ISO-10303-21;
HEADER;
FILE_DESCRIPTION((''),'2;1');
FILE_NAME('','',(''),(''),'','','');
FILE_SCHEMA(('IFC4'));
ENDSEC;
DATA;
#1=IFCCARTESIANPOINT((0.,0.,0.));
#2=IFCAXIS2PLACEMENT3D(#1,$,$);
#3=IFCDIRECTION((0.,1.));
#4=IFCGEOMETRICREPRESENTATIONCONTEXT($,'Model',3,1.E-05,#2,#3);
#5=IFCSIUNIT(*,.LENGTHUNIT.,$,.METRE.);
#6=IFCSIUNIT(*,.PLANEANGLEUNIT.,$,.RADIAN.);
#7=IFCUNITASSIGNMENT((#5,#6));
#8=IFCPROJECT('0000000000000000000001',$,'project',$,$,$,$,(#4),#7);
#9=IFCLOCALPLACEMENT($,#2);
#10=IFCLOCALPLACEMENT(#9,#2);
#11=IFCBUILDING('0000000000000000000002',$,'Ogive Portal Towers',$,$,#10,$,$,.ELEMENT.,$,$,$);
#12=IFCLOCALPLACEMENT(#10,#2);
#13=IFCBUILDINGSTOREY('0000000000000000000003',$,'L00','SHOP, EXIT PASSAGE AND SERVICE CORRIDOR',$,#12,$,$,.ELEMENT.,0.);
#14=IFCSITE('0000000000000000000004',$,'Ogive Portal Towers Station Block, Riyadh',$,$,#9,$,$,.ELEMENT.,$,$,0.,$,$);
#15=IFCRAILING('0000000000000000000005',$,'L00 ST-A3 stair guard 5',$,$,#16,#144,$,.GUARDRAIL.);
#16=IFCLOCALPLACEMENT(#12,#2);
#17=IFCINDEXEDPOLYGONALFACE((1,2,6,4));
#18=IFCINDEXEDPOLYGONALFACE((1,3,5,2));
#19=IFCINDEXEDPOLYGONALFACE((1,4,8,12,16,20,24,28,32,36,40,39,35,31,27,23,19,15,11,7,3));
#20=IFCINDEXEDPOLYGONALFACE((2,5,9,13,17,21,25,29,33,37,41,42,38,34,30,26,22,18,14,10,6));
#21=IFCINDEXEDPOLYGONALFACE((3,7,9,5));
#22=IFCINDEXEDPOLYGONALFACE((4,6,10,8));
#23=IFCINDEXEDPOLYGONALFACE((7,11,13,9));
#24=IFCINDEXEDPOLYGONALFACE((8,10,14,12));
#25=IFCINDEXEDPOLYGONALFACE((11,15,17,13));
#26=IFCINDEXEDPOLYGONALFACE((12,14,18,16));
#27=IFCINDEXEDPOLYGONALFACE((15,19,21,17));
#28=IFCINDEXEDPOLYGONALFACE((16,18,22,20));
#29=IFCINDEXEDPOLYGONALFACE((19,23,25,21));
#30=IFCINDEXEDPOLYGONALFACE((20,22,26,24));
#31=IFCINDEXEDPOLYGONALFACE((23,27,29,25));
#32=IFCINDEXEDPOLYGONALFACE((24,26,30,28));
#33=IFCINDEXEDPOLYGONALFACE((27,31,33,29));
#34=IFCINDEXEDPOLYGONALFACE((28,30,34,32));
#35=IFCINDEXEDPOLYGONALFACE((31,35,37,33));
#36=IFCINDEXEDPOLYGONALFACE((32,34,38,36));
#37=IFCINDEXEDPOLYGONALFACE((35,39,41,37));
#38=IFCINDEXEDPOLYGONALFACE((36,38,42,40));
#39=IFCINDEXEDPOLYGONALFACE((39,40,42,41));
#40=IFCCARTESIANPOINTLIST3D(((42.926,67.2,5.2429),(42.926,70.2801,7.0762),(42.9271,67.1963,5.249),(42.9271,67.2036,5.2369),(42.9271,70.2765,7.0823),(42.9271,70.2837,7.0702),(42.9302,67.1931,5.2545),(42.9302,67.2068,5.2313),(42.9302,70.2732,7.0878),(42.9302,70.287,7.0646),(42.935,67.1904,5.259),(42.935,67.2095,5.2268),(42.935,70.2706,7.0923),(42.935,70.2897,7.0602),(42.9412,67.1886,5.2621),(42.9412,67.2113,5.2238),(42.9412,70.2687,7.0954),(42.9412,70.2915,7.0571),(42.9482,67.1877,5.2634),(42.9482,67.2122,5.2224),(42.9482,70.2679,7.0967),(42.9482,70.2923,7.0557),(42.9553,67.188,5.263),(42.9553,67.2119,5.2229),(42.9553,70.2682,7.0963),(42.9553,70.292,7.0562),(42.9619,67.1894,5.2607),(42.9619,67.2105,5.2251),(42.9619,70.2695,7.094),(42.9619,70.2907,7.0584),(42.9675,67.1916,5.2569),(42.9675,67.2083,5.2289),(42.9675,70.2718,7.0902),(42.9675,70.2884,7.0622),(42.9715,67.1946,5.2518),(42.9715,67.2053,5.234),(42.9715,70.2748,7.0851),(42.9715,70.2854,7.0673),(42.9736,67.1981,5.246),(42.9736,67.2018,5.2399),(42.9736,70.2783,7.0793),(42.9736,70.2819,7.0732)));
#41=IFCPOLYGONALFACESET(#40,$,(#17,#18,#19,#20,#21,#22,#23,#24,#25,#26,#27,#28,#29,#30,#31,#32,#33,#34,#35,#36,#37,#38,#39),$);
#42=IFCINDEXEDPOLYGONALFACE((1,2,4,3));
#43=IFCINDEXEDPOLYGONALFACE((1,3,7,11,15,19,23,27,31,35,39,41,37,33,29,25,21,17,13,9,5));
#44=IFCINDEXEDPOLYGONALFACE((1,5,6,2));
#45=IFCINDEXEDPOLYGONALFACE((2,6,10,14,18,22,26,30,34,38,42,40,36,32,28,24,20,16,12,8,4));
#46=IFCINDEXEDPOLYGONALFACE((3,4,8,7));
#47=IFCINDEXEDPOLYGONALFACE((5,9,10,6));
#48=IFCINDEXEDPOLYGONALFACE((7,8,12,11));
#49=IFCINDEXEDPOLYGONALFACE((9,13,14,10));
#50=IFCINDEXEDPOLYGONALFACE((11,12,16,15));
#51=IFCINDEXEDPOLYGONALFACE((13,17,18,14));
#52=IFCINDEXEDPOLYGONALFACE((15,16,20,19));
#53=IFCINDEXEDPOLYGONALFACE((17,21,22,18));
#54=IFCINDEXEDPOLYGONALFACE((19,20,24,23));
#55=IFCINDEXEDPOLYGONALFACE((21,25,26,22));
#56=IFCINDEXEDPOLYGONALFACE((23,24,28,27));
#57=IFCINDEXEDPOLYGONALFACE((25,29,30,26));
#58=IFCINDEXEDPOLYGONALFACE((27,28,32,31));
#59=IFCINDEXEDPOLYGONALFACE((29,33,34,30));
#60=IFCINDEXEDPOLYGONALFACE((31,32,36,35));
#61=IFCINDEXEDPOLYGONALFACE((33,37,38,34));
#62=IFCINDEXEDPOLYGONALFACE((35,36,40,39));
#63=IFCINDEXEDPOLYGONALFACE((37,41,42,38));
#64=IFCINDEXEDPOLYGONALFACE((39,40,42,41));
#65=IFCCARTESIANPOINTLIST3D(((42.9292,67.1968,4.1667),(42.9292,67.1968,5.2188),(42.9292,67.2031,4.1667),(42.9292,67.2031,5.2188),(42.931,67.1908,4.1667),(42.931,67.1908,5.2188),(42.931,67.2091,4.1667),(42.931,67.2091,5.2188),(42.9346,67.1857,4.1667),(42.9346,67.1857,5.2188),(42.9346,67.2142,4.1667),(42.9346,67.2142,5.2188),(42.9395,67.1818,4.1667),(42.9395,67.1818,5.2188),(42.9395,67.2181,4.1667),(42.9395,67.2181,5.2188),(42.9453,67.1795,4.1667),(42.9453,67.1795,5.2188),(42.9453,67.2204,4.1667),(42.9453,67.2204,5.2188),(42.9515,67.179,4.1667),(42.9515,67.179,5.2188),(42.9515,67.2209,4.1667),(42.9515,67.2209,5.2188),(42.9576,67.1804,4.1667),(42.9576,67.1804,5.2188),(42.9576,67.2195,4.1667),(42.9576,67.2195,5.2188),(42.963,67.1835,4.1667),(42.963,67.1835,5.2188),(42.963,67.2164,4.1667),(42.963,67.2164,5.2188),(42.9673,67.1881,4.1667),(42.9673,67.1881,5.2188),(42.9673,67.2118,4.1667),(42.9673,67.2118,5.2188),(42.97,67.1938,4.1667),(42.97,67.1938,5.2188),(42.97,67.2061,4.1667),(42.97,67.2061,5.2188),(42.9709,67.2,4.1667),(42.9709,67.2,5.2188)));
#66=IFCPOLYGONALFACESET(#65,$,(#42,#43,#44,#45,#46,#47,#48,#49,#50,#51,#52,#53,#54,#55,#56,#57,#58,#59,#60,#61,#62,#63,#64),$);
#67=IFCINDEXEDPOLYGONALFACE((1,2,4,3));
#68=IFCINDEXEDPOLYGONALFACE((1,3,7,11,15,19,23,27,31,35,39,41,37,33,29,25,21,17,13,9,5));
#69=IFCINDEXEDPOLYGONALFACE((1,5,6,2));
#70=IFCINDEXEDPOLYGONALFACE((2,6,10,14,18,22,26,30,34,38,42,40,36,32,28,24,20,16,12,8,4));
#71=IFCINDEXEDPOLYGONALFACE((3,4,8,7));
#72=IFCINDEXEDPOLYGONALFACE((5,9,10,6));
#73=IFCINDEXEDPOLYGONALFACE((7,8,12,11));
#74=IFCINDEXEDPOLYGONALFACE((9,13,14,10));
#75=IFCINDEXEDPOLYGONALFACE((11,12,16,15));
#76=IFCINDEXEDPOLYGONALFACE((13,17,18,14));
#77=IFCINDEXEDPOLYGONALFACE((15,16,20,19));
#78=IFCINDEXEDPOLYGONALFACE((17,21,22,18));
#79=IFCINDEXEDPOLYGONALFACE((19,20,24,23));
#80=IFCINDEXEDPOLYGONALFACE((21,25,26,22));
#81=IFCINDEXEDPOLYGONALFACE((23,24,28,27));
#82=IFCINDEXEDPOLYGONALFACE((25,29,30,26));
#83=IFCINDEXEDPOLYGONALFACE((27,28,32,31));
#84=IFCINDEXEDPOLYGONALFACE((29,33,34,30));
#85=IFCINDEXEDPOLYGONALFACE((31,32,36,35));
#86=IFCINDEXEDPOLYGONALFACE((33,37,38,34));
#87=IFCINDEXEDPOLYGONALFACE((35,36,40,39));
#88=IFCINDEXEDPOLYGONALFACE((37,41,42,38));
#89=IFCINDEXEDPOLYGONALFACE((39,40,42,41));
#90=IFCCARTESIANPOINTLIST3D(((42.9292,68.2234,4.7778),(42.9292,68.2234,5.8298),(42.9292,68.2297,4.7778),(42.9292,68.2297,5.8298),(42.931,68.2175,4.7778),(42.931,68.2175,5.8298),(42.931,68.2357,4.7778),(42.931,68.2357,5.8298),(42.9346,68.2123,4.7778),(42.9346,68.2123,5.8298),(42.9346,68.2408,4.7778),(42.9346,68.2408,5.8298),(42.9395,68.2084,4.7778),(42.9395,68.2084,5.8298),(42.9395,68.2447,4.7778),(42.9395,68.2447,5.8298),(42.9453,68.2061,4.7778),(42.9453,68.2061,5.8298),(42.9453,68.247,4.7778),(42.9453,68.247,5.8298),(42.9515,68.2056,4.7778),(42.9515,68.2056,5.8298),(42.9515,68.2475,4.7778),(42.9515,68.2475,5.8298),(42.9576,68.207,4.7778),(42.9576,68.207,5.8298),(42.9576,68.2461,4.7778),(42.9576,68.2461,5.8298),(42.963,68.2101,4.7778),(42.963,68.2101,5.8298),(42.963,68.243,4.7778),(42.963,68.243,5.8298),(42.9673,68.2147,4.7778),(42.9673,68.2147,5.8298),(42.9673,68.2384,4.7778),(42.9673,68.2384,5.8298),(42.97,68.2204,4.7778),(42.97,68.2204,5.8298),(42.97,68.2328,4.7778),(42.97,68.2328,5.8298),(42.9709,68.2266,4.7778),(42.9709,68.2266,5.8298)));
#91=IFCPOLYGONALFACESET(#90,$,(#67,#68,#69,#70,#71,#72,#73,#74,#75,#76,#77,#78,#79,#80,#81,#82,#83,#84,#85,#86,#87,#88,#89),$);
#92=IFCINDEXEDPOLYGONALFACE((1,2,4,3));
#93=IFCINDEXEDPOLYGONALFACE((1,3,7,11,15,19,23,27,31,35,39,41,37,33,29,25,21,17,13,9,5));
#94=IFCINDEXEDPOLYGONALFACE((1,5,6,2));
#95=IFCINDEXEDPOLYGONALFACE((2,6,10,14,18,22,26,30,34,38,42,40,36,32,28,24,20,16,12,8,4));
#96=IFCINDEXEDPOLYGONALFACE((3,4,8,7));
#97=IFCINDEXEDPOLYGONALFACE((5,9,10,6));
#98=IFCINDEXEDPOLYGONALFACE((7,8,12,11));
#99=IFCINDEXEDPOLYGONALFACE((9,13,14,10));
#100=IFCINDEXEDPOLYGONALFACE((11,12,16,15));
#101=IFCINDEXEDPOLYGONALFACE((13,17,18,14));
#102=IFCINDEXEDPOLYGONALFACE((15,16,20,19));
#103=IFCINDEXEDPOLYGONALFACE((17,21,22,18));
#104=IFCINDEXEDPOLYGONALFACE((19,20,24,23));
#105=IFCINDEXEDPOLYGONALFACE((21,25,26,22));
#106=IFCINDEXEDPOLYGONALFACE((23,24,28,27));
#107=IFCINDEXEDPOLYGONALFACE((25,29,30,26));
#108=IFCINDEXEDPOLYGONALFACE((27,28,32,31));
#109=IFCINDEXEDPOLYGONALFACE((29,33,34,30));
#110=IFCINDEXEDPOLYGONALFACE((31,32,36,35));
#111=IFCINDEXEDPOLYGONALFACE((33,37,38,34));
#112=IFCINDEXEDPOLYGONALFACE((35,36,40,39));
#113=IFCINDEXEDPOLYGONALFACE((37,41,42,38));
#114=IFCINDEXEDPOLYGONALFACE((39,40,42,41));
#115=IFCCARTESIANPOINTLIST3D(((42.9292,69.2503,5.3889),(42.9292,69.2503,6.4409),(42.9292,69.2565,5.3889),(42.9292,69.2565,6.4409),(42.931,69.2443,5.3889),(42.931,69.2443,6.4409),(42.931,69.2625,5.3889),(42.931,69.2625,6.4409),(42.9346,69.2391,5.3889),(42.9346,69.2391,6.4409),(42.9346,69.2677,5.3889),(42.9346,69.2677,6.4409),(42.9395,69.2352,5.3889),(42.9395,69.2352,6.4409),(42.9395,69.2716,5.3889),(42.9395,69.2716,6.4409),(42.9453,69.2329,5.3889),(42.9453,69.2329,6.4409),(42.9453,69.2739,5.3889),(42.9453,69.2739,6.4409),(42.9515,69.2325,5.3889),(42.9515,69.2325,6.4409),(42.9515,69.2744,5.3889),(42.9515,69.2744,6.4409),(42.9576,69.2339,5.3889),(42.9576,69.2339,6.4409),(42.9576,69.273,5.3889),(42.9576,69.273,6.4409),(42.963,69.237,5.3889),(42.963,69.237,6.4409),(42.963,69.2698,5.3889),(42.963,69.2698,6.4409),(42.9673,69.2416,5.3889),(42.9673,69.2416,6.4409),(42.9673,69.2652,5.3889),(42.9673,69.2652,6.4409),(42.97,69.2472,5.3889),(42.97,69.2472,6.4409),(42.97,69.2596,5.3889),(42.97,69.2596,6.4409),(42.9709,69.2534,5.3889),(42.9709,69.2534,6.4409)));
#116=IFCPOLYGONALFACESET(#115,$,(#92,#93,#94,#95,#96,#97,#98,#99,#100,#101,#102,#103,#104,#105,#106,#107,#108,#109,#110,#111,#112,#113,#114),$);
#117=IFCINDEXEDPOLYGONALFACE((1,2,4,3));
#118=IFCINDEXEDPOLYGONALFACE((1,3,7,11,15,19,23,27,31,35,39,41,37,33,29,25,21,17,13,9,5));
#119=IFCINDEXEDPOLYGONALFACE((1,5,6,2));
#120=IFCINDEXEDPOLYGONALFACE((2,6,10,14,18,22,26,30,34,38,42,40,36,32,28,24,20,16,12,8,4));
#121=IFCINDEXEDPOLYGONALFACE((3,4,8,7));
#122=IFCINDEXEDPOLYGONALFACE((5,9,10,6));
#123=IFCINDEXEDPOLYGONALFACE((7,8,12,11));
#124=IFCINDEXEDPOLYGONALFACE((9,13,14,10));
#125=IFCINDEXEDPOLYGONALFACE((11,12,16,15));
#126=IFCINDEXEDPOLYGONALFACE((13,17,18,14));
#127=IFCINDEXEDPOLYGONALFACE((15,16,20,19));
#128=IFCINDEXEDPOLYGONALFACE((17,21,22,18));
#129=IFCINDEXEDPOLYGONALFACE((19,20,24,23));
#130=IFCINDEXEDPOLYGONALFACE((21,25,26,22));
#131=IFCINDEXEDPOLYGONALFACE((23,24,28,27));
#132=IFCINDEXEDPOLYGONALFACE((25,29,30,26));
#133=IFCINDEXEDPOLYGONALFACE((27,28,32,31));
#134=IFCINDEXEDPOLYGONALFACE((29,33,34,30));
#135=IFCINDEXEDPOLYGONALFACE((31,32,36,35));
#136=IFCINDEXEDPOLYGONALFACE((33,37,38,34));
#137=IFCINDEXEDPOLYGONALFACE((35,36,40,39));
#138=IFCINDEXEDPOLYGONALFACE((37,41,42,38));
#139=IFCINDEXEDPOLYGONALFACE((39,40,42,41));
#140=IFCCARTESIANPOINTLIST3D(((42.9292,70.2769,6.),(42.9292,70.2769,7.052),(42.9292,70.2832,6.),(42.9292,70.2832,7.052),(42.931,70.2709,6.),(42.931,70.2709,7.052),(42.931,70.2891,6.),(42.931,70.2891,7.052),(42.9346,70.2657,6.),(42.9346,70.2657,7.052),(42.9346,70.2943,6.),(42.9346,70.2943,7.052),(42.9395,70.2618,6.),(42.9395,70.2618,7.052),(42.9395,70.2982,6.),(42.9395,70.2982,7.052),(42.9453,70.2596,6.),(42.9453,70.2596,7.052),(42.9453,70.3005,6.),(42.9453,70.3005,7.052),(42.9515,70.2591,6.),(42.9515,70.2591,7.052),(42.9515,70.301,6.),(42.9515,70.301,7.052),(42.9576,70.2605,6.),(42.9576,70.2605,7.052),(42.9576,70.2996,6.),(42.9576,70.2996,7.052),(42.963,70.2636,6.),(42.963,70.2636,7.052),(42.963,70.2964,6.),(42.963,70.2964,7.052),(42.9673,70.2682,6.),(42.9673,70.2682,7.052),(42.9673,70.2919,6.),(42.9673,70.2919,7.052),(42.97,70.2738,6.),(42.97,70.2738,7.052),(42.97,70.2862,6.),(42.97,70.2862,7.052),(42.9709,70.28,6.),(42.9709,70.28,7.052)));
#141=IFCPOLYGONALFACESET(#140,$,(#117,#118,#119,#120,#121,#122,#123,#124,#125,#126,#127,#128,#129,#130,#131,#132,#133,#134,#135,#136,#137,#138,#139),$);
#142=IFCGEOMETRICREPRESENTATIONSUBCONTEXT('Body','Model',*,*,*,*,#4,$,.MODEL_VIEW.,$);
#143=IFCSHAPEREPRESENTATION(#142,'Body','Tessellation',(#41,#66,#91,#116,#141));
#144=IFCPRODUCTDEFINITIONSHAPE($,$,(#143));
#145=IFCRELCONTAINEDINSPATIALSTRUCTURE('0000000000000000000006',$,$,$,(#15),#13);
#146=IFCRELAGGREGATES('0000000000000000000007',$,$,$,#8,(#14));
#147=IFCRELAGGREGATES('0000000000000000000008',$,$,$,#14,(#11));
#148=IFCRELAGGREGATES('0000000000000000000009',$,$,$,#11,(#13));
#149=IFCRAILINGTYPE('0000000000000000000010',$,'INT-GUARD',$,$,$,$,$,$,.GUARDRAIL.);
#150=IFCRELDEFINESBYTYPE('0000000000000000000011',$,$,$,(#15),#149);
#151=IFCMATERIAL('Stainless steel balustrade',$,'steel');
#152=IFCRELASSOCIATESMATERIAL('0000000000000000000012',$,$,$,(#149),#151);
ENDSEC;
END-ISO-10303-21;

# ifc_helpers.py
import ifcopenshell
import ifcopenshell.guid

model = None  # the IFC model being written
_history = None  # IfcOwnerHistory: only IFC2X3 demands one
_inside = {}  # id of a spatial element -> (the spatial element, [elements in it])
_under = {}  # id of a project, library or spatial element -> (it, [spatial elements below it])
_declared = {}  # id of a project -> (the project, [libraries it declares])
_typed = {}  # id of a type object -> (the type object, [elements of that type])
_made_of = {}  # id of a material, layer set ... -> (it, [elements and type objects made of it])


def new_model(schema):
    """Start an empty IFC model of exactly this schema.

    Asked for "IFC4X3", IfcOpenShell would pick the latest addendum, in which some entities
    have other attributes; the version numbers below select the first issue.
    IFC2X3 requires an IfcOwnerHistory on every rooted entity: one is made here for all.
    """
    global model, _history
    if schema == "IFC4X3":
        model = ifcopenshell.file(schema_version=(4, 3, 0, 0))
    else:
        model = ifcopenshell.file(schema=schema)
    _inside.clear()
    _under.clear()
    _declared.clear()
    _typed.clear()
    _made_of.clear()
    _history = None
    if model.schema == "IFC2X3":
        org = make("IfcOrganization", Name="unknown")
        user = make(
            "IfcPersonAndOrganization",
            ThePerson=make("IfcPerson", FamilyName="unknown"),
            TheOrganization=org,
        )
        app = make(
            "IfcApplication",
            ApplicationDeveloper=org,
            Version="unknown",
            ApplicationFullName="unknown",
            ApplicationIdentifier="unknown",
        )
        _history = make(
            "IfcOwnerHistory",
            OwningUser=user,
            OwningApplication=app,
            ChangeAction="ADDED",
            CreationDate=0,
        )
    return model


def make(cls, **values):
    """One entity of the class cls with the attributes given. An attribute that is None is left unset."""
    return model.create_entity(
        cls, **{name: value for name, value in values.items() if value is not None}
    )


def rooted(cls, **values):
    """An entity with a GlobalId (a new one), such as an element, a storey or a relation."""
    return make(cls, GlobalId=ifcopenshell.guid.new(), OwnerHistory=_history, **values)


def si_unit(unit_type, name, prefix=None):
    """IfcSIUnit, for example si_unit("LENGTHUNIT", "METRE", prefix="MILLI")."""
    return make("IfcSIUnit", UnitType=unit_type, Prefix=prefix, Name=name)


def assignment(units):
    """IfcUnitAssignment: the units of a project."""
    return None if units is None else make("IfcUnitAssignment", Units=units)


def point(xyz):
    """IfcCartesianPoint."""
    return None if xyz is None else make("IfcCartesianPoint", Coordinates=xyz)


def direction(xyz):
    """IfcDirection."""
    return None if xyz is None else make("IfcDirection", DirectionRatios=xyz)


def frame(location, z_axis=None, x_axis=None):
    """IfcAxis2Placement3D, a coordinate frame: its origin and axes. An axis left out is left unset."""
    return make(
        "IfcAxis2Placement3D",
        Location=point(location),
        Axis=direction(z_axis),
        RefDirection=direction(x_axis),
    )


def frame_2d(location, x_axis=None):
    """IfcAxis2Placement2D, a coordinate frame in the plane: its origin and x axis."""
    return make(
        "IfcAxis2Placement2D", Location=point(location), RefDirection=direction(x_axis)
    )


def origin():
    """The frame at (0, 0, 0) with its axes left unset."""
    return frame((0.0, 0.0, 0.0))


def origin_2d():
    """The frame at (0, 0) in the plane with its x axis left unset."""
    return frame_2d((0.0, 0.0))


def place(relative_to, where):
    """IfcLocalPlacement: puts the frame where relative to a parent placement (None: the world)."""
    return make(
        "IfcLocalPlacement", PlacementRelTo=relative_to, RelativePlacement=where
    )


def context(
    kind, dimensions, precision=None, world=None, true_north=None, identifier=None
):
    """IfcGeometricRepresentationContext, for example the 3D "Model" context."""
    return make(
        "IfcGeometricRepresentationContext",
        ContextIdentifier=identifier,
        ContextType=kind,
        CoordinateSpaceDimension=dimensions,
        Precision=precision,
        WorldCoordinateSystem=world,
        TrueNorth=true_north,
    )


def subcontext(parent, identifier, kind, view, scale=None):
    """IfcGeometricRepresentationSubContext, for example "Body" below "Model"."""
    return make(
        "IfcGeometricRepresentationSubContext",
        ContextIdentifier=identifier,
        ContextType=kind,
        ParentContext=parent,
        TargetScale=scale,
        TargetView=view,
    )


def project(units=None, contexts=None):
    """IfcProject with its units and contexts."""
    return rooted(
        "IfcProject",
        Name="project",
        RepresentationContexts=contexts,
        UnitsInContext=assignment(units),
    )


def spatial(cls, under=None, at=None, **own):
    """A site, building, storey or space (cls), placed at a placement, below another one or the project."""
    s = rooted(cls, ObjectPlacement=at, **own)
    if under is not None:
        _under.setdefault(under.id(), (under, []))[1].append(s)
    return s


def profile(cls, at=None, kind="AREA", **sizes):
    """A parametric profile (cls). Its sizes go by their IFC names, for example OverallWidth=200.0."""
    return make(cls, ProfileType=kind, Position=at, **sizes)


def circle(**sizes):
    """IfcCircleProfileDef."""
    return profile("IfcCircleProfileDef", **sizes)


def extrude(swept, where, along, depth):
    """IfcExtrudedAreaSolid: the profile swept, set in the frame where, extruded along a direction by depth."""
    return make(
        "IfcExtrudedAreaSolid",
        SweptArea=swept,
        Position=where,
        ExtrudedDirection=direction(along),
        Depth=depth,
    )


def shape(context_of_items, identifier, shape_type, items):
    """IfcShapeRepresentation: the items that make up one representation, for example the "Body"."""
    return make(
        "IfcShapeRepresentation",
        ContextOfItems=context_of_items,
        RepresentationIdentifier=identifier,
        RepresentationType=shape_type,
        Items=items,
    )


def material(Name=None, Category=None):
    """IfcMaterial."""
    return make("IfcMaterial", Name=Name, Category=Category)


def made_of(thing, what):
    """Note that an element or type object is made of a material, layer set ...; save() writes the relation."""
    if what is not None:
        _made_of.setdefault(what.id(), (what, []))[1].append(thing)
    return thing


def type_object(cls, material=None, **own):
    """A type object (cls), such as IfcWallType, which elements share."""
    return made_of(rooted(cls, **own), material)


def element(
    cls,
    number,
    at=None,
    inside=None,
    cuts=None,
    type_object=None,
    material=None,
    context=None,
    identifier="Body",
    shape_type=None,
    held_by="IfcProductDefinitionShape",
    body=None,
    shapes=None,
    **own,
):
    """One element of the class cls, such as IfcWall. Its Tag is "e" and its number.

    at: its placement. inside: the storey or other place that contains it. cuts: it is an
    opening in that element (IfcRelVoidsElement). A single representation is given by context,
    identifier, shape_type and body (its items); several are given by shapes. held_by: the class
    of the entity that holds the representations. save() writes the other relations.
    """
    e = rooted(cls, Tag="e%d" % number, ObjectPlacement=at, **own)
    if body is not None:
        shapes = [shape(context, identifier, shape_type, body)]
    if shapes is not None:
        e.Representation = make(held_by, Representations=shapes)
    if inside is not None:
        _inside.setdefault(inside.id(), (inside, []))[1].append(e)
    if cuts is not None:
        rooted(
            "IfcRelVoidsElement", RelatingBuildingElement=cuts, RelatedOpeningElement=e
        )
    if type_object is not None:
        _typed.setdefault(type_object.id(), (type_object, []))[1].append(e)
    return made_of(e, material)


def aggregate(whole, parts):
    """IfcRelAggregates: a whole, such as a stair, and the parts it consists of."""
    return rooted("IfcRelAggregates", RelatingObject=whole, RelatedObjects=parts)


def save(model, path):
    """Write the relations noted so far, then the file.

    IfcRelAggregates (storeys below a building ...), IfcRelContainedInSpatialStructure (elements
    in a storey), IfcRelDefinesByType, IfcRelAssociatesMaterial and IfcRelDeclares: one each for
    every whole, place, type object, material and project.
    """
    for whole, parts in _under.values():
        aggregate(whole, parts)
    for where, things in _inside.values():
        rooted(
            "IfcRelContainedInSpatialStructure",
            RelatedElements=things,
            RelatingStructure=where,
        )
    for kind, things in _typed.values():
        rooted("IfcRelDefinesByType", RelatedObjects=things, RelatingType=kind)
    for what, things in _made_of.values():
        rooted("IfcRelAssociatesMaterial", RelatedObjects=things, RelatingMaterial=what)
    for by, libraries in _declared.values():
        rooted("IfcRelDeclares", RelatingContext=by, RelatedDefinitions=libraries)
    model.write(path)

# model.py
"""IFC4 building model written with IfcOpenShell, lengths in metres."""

from ifc_helpers import new_model, si_unit, direction, frame, origin, origin_2d, place, context, subcontext, project, spatial, circle, extrude, material, type_object, element, save


model = new_model("IFC4")

# Units and contexts
model_context = context("Model", 3, precision=1e-05, world=origin(), true_north=direction((0.0, 1.0)))
body_context = subcontext(model_context, "Body", "Model", "MODEL_VIEW")
ifc_project = project(units=[si_unit("LENGTHUNIT", "METRE"), si_unit("PLANEANGLEUNIT", "RADIAN")], contexts=[model_context])

# Site, building, storey
site_placement = place(None, origin())
site = spatial("IfcSite", under=ifc_project, at=site_placement, Name="Ogive Portal Towers Station Block, Riyadh", CompositionType="ELEMENT", RefElevation=0.0)
building_placement = place(site_placement, origin())
building = spatial("IfcBuilding", under=site, at=building_placement, Name="Ogive Portal Towers", CompositionType="ELEMENT")
storey_placement = place(building_placement, origin())
storey = spatial("IfcBuildingStorey", under=building, at=storey_placement, Name="L00", Description="SHOP, EXIT PASSAGE AND SERVICE CORRIDOR", CompositionType="ELEMENT", Elevation=0.0)

# Railing
ifc_material_1 = material(Name="Stainless steel balustrade", Category="steel")
railing_type_1 = type_object("IfcRailingType", Name="INT-GUARD", PredefinedType="GUARDRAIL", material=ifc_material_1)
railing_1_placement = place(storey_placement, frame((42.95, 67.2, 4.1667)))
element("IfcRailing", 1, at=railing_1_placement, inside=storey, type_object=railing_type_1, Name="L00 ST-A3 stair guard 5", PredefinedType="GUARDRAIL", context=body_context, shape_type="SweptSolid", body=[
    extrude(circle(Radius=0.0239, at=origin_2d()), frame((0.0, 0.0, 1.0762), z_axis=(0.0, 0.859309, 0.511458), x_axis=(-1.0, 0.0, 0.0)), (0.0, 0.0, 1.0), 3.5845),
    extrude(circle(Radius=0.021, at=origin_2d()), origin(), (0.0, 0.0, 1.0), 1.052),
    extrude(circle(Radius=0.021, at=origin_2d()), frame((0.0, 1.0266, 0.6111)), (0.0, 0.0, 1.0), 1.052),
    extrude(circle(Radius=0.021, at=origin_2d()), frame((0.0, 2.0535, 1.2222)), (0.0, 0.0, 1.0), 1.052),
    extrude(circle(Radius=0.021, at=origin_2d()), frame((0.0, 3.0801, 1.8333)), (0.0, 0.0, 1.0), 1.052),
])

save(model, "model.ifc")
